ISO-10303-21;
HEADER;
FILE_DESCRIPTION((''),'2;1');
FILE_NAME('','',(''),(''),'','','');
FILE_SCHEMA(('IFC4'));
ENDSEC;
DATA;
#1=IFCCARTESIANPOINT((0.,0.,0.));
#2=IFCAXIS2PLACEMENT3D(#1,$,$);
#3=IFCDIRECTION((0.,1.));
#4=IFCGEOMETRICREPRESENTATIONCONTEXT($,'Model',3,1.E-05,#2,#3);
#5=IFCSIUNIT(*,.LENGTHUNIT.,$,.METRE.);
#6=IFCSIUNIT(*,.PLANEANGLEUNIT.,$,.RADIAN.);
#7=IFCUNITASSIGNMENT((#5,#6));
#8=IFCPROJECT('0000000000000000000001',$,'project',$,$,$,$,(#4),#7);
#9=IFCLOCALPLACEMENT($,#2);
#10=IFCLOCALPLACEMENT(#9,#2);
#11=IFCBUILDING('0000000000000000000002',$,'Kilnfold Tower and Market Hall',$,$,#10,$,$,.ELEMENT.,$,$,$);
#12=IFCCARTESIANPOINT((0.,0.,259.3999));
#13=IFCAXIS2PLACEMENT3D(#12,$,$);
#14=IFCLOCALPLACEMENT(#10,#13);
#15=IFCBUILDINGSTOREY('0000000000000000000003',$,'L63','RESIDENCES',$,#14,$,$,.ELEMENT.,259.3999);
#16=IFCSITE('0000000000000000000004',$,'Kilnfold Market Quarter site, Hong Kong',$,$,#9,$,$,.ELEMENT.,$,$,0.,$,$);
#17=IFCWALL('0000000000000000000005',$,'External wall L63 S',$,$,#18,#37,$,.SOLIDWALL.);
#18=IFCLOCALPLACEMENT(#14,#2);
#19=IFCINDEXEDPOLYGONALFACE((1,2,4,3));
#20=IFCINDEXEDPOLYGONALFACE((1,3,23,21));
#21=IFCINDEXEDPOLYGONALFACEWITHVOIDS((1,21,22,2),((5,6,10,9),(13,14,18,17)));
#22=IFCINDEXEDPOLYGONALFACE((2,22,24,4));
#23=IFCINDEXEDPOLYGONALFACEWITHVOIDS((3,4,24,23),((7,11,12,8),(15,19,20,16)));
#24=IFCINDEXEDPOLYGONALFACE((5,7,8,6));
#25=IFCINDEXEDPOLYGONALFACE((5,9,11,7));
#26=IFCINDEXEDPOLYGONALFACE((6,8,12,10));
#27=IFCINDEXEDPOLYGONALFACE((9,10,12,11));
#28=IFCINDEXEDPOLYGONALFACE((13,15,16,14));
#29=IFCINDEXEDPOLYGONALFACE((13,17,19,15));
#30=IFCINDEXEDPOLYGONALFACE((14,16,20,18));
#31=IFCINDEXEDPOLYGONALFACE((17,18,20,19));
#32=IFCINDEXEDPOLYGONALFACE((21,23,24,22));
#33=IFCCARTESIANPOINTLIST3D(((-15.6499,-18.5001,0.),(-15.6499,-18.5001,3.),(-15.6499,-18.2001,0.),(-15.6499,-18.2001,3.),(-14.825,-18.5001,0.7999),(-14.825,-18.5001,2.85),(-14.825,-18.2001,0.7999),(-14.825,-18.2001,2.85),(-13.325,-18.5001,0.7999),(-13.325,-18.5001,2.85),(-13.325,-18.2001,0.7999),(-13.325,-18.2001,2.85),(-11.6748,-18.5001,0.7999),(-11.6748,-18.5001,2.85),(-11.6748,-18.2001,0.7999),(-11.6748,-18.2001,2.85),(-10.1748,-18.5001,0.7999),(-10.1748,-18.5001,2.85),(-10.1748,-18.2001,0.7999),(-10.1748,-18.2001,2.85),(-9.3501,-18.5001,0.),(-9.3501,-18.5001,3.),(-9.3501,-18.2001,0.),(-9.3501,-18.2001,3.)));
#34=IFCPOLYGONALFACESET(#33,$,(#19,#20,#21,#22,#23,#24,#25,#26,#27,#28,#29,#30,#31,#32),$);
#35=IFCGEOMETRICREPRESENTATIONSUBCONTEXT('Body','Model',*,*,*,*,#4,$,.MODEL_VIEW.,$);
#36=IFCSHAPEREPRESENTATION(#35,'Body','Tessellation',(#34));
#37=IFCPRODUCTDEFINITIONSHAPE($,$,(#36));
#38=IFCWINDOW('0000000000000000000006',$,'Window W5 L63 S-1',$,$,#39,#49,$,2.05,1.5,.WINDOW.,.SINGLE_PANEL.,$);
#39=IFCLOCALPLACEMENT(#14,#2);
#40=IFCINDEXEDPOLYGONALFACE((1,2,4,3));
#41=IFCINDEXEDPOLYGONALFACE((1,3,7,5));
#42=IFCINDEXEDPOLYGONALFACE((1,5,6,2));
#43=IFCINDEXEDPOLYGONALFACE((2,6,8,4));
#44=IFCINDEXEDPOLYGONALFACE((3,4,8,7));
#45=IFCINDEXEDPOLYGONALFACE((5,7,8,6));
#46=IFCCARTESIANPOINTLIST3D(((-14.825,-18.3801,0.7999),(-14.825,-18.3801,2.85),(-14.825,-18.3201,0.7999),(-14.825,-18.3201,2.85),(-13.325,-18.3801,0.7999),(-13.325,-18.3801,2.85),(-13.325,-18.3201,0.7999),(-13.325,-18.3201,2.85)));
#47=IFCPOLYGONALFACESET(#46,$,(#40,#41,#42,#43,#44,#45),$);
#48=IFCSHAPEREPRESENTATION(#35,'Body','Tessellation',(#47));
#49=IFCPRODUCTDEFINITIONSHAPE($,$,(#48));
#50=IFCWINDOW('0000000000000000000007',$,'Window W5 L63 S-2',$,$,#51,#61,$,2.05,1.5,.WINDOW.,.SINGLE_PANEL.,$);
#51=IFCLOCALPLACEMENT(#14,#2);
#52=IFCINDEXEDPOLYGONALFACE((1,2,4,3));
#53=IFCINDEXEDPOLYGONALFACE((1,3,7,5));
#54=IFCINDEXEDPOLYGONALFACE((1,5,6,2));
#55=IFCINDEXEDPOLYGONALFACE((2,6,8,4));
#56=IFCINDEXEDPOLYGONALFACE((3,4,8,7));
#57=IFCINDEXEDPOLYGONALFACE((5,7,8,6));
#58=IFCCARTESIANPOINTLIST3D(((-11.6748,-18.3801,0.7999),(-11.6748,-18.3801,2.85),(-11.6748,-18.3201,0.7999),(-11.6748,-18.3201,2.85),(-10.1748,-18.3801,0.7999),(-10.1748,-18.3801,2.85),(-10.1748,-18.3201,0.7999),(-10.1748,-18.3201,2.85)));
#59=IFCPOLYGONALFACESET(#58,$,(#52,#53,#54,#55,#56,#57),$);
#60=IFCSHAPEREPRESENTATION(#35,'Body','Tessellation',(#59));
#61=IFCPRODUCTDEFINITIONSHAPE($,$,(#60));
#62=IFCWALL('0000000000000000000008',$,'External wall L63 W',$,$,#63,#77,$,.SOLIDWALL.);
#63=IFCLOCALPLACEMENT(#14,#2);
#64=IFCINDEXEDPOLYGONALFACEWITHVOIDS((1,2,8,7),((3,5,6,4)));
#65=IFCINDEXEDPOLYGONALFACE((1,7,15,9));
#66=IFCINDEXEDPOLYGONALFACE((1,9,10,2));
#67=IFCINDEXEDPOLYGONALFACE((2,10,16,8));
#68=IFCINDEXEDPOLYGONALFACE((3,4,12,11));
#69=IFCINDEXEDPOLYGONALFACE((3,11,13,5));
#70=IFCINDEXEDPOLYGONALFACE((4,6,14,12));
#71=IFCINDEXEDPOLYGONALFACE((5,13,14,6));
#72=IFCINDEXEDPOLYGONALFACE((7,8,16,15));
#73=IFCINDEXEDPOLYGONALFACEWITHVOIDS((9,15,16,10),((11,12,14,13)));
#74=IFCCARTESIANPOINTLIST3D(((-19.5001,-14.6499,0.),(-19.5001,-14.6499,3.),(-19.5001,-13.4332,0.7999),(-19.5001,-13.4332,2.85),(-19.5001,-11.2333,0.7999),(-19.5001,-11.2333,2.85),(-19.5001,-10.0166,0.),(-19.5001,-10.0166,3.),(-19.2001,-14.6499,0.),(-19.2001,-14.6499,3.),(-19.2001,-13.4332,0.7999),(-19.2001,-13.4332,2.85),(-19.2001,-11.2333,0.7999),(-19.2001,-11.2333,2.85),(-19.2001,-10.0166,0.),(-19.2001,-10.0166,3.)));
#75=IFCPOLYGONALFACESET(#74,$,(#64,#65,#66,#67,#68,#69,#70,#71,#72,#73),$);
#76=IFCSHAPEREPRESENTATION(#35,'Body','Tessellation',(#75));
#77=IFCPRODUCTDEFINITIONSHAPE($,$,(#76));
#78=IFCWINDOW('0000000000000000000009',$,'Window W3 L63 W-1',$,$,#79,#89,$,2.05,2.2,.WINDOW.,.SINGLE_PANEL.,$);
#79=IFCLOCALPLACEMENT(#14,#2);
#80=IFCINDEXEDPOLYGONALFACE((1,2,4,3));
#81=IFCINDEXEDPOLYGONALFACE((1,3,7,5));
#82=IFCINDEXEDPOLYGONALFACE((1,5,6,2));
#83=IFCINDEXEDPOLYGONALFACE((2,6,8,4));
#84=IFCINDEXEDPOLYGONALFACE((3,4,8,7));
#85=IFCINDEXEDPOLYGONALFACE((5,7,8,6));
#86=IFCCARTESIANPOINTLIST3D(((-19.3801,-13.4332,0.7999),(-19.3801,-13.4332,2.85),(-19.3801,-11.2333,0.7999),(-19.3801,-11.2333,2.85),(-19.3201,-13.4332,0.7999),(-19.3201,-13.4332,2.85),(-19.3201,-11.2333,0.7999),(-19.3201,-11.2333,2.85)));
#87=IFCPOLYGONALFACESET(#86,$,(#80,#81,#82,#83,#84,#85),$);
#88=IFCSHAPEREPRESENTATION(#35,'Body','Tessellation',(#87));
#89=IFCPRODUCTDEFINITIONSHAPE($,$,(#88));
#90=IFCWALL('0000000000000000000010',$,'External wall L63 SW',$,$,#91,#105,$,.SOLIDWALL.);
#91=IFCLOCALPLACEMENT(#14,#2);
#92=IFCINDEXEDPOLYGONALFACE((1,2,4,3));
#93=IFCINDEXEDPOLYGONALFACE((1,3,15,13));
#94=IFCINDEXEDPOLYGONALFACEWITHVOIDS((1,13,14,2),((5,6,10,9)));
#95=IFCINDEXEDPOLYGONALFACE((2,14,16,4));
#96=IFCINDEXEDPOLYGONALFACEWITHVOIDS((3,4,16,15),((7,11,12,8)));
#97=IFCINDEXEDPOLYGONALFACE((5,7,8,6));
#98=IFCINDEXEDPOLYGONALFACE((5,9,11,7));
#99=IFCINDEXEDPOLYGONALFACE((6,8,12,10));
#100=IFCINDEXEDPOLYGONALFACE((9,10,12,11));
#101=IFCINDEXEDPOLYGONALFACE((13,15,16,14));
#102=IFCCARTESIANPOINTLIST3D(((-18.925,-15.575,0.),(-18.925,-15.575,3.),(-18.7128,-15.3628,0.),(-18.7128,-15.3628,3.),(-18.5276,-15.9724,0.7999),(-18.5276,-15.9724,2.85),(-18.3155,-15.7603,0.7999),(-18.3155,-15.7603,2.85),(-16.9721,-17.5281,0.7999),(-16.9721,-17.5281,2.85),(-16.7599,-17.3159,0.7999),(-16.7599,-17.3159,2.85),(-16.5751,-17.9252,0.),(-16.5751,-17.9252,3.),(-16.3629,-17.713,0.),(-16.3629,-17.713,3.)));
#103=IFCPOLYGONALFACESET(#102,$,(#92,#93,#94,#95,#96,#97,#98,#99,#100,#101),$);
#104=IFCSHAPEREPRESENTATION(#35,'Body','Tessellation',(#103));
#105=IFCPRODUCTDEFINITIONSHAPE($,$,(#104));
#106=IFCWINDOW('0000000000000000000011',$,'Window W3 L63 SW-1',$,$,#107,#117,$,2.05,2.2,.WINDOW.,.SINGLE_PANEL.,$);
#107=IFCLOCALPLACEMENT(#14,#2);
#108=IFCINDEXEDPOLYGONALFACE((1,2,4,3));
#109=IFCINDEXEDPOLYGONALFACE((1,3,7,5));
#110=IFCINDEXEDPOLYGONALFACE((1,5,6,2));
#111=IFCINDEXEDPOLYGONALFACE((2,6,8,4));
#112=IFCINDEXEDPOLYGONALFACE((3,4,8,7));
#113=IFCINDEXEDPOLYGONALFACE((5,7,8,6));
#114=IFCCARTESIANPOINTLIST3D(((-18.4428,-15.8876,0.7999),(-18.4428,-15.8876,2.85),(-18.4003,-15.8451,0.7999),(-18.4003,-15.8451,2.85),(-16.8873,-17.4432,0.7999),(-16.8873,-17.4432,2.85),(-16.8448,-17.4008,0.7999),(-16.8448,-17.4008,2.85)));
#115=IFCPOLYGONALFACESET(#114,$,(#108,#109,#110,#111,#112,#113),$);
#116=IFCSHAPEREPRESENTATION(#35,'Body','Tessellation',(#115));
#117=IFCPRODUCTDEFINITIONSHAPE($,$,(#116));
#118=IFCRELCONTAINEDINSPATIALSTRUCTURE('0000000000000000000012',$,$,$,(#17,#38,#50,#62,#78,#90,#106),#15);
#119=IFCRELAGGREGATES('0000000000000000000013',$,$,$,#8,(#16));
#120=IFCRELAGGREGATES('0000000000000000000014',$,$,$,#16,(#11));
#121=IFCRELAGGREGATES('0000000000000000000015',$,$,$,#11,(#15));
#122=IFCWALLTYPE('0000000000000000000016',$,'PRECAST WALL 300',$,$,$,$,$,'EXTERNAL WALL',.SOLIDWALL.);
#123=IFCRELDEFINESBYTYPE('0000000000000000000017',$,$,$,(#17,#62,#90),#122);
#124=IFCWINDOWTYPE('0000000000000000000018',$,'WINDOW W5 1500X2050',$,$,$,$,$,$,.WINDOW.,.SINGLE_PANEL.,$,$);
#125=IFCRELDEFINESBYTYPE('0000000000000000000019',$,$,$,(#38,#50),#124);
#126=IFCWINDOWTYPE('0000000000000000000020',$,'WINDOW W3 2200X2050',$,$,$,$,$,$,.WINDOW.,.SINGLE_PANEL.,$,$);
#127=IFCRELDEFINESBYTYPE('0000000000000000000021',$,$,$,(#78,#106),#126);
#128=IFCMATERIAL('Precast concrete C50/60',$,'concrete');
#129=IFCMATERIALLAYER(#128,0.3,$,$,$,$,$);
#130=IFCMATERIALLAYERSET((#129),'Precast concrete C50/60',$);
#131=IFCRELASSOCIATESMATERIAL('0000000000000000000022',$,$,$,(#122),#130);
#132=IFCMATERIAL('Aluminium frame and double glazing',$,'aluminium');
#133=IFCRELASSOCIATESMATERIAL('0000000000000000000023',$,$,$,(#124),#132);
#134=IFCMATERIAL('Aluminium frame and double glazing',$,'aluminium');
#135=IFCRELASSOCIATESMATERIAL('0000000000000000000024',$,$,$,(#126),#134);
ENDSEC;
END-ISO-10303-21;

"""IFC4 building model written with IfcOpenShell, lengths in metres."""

from ifc_helpers import new_model, si_unit, direction, frame, frame_2d, origin, place, context, subcontext, project, spatial, rectangle, extrude, source, transform, mapped, material, layer, layer_set, type_object, element, fill, save


model = new_model("IFC4")

# Units and contexts
model_context = context("Model", 3, precision=1e-05, world=origin(), true_north=direction((0.0, 1.0)))
body_context = subcontext(model_context, "Body", "Model", "MODEL_VIEW")
ifc_project = project(units=[si_unit("LENGTHUNIT", "METRE"), si_unit("PLANEANGLEUNIT", "RADIAN")], contexts=[model_context])

# Site, building, storey
site_placement = place(None, origin())
site = spatial("IfcSite", under=ifc_project, at=site_placement, Name="Kilnfold Market Quarter site, Hong Kong", CompositionType="ELEMENT", RefElevation=0.0)
building_placement = place(site_placement, origin())
building = spatial("IfcBuilding", under=site, at=building_placement, Name="Kilnfold Tower and Market Hall", CompositionType="ELEMENT")
storey_placement = place(building_placement, frame((0.0, 0.0, 259.3999)))
storey = spatial("IfcBuildingStorey", under=building, at=storey_placement, Name="L63", Description="RESIDENCES", CompositionType="ELEMENT", Elevation=259.3999)

# Wall, openings, windows
ifc_material_1 = material(Name="Precast concrete C50/60", Category="concrete")
ifc_layer_1 = layer(ifc_material_1, 0.3)
ifc_layer_set_1 = layer_set([ifc_layer_1], Name="Precast concrete C50/60")
wall_type_1 = type_object("IfcWallType", Name="PRECAST WALL 300", ElementType="EXTERNAL WALL", PredefinedType="SOLIDWALL", material=ifc_layer_set_1)
shared_shape_1 = source(origin(), body_context, "Body", "SweptSolid", [
    extrude(rectangle(XDim=6.2998, YDim=0.3, at=frame_2d((3.1499, 0.0))), origin(), (0.0, 0.0, 1.0), 3.0),
])
wall_1_placement = place(storey_placement, frame((-15.6499, -18.3501, 0.0), z_axis=(0.0, 0.0, 1.0), x_axis=(1.0, 0.0, 0.0)))
wall_1 = element("IfcWall", 1, at=wall_1_placement, inside=storey, type_object=wall_type_1, Name="External wall L63 S", PredefinedType="SOLIDWALL", context=body_context, shape_type="MappedRepresentation", body=[
    mapped(shared_shape_1, transform((0.0, 0.0, 0.0))),
])
opening_1_placement = place(wall_1_placement, frame((0.825, 0.0, 0.8)))
opening_1 = element("IfcOpeningElement", 2, at=opening_1_placement, cuts=wall_1, PredefinedType="OPENING", context=body_context, shape_type="SweptSolid", body=[
    extrude(rectangle(XDim=1.5, YDim=2.05, at=frame_2d((0.75, 1.0249))), frame((0.0, 0.1602, 0.0), z_axis=(0.0, -1.0, 0.0), x_axis=(1.0, 0.0, 0.0)), (0.0, 0.0, 1.0), 0.3201),
])
opening_2_placement = place(wall_1_placement, frame((3.9751, 0.0, 0.8)))
opening_2 = element("IfcOpeningElement", 3, at=opening_2_placement, cuts=wall_1, PredefinedType="OPENING", context=body_context, shape_type="SweptSolid", body=[
    extrude(rectangle(XDim=1.5, YDim=2.05, at=frame_2d((0.75, 1.0249))), frame((0.0, 0.1602, 0.0), z_axis=(0.0, -1.0, 0.0), x_axis=(1.0, 0.0, 0.0)), (0.0, 0.0, 1.0), 0.3201),
])
ifc_material_2 = material(Name="Aluminium frame and double glazing", Category="aluminium")
window_type_1 = type_object("IfcWindowType", Name="WINDOW W5 1500X2050", PartitioningType="SINGLE_PANEL", PredefinedType="WINDOW", material=ifc_material_2)
window_1_placement = place(opening_1_placement, origin())
window_1 = element("IfcWindow", 4, at=window_1_placement, inside=storey, type_object=window_type_1, Name="Window W5 L63 S-1", OverallHeight=2.05, OverallWidth=1.5, PartitioningType="SINGLE_PANEL", PredefinedType="WINDOW", context=body_context, shape_type="SweptSolid", body=[
    extrude(rectangle(XDim=1.5, YDim=2.05, at=frame_2d((0.75, 1.0249))), frame((0.0, 0.03, 0.0), z_axis=(0.0, -1.0, 0.0), x_axis=(1.0, 0.0, 0.0)), (0.0, 0.0, 1.0), 0.0601),
])
fill(opening_1, window_1)
window_2_placement = place(opening_2_placement, origin())
window_2 = element("IfcWindow", 5, at=window_2_placement, inside=storey, type_object=window_type_1, Name="Window W5 L63 S-2", OverallHeight=2.05, OverallWidth=1.5, PartitioningType="SINGLE_PANEL", PredefinedType="WINDOW", context=body_context, shape_type="SweptSolid", body=[
    extrude(rectangle(XDim=1.5, YDim=2.05, at=frame_2d((0.75, 1.0249))), frame((0.0, 0.03, 0.0), z_axis=(0.0, -1.0, 0.0), x_axis=(1.0, 0.0, 0.0)), (0.0, 0.0, 1.0), 0.0601),
])
fill(opening_2, window_2)

# Walls, openings, windows
shared_shape_2 = source(origin(), body_context, "Body", "SweptSolid", [
    extrude(rectangle(XDim=4.6333, YDim=0.3, at=frame_2d((2.3167, 0.0))), origin(), (0.0, 0.0, 1.0), 3.0),
])
wall_2_placement = place(storey_placement, frame((-19.3501, -10.0166, 0.0), z_axis=(0.0, 0.0, 1.0), x_axis=(0.0, -1.0, 0.0)))
wall_2 = element("IfcWall", 6, at=wall_2_placement, inside=storey, type_object=wall_type_1, Name="External wall L63 W", PredefinedType="SOLIDWALL", context=body_context, shape_type="MappedRepresentation", body=[
    mapped(shared_shape_2, transform((0.0, 0.0, 0.0))),
])
opening_3_placement = place(wall_2_placement, frame((1.2166, 0.0, 0.8)))
opening_3 = element("IfcOpeningElement", 7, at=opening_3_placement, cuts=wall_2, PredefinedType="OPENING", context=body_context, shape_type="SweptSolid", body=[
    extrude(rectangle(XDim=2.2, YDim=2.05, at=frame_2d((1.1001, 1.0249))), frame((0.0, 0.1602, 0.0), z_axis=(0.0, -1.0, 0.0), x_axis=(1.0, 0.0, 0.0)), (0.0, 0.0, 1.0), 0.3201),
])
ifc_material_3 = material(Name="Aluminium frame and double glazing", Category="aluminium")
window_type_2 = type_object("IfcWindowType", Name="WINDOW W3 2200X2050", PartitioningType="SINGLE_PANEL", PredefinedType="WINDOW", material=ifc_material_3)
window_3_placement = place(opening_3_placement, origin())
window_3 = element("IfcWindow", 8, at=window_3_placement, inside=storey, type_object=window_type_2, Name="Window W3 L63 W-1", OverallHeight=2.05, OverallWidth=2.2, PartitioningType="SINGLE_PANEL", PredefinedType="WINDOW", context=body_context, shape_type="SweptSolid", body=[
    extrude(rectangle(XDim=2.2, YDim=2.05, at=frame_2d((1.1001, 1.0249))), frame((0.0, 0.03, 0.0), z_axis=(0.0, -1.0, 0.0), x_axis=(1.0, 0.0, 0.0)), (0.0, 0.0, 1.0), 0.0601),
])
fill(opening_3, window_3)
shared_shape_3 = source(origin(), body_context, "Body", "SweptSolid", [
    extrude(rectangle(XDim=3.3235, YDim=0.3, at=frame_2d((1.6616, 0.0))), origin(), (0.0, 0.0, 1.0), 3.0),
])
wall_3_placement = place(storey_placement, frame((-18.8188, -15.469, 0.0), z_axis=(0.0, 0.0, 1.0), x_axis=(0.70707, -0.707144, 0.0)))
wall_3 = element("IfcWall", 9, at=wall_3_placement, inside=storey, type_object=wall_type_1, Name="External wall L63 SW", PredefinedType="SOLIDWALL", context=body_context, shape_type="MappedRepresentation", body=[
    mapped(shared_shape_3, transform((0.0, 0.0, 0.0))),
])
opening_4_placement = place(wall_3_placement, frame((0.5618, 0.0, 0.8)))
opening_4 = element("IfcOpeningElement", 10, at=opening_4_placement, cuts=wall_3, PredefinedType="OPENING", context=body_context, shape_type="SweptSolid", body=[
    extrude(rectangle(XDim=2.2, YDim=2.05, at=frame_2d((1.1001, 1.0249))), frame((0.0, 0.1602, 0.0), z_axis=(0.0, -1.0, 0.0), x_axis=(1.0, 0.0, 0.0)), (0.0, 0.0, 1.0), 0.3201),
])
window_4_placement = place(opening_4_placement, origin())
window_4 = element("IfcWindow", 11, at=window_4_placement, inside=storey, type_object=window_type_2, Name="Window W3 L63 SW-1", OverallHeight=2.05, OverallWidth=2.2, PartitioningType="SINGLE_PANEL", PredefinedType="WINDOW", context=body_context, shape_type="SweptSolid", body=[
    extrude(rectangle(XDim=2.2, YDim=2.05, at=frame_2d((1.1001, 1.0249))), frame((0.0, 0.03, 0.0), z_axis=(0.0, -1.0, 0.0), x_axis=(1.0, 0.0, 0.0)), (0.0, 0.0, 1.0), 0.0601),
])
fill(opening_4, window_4)

save(model, "model.ifc")
